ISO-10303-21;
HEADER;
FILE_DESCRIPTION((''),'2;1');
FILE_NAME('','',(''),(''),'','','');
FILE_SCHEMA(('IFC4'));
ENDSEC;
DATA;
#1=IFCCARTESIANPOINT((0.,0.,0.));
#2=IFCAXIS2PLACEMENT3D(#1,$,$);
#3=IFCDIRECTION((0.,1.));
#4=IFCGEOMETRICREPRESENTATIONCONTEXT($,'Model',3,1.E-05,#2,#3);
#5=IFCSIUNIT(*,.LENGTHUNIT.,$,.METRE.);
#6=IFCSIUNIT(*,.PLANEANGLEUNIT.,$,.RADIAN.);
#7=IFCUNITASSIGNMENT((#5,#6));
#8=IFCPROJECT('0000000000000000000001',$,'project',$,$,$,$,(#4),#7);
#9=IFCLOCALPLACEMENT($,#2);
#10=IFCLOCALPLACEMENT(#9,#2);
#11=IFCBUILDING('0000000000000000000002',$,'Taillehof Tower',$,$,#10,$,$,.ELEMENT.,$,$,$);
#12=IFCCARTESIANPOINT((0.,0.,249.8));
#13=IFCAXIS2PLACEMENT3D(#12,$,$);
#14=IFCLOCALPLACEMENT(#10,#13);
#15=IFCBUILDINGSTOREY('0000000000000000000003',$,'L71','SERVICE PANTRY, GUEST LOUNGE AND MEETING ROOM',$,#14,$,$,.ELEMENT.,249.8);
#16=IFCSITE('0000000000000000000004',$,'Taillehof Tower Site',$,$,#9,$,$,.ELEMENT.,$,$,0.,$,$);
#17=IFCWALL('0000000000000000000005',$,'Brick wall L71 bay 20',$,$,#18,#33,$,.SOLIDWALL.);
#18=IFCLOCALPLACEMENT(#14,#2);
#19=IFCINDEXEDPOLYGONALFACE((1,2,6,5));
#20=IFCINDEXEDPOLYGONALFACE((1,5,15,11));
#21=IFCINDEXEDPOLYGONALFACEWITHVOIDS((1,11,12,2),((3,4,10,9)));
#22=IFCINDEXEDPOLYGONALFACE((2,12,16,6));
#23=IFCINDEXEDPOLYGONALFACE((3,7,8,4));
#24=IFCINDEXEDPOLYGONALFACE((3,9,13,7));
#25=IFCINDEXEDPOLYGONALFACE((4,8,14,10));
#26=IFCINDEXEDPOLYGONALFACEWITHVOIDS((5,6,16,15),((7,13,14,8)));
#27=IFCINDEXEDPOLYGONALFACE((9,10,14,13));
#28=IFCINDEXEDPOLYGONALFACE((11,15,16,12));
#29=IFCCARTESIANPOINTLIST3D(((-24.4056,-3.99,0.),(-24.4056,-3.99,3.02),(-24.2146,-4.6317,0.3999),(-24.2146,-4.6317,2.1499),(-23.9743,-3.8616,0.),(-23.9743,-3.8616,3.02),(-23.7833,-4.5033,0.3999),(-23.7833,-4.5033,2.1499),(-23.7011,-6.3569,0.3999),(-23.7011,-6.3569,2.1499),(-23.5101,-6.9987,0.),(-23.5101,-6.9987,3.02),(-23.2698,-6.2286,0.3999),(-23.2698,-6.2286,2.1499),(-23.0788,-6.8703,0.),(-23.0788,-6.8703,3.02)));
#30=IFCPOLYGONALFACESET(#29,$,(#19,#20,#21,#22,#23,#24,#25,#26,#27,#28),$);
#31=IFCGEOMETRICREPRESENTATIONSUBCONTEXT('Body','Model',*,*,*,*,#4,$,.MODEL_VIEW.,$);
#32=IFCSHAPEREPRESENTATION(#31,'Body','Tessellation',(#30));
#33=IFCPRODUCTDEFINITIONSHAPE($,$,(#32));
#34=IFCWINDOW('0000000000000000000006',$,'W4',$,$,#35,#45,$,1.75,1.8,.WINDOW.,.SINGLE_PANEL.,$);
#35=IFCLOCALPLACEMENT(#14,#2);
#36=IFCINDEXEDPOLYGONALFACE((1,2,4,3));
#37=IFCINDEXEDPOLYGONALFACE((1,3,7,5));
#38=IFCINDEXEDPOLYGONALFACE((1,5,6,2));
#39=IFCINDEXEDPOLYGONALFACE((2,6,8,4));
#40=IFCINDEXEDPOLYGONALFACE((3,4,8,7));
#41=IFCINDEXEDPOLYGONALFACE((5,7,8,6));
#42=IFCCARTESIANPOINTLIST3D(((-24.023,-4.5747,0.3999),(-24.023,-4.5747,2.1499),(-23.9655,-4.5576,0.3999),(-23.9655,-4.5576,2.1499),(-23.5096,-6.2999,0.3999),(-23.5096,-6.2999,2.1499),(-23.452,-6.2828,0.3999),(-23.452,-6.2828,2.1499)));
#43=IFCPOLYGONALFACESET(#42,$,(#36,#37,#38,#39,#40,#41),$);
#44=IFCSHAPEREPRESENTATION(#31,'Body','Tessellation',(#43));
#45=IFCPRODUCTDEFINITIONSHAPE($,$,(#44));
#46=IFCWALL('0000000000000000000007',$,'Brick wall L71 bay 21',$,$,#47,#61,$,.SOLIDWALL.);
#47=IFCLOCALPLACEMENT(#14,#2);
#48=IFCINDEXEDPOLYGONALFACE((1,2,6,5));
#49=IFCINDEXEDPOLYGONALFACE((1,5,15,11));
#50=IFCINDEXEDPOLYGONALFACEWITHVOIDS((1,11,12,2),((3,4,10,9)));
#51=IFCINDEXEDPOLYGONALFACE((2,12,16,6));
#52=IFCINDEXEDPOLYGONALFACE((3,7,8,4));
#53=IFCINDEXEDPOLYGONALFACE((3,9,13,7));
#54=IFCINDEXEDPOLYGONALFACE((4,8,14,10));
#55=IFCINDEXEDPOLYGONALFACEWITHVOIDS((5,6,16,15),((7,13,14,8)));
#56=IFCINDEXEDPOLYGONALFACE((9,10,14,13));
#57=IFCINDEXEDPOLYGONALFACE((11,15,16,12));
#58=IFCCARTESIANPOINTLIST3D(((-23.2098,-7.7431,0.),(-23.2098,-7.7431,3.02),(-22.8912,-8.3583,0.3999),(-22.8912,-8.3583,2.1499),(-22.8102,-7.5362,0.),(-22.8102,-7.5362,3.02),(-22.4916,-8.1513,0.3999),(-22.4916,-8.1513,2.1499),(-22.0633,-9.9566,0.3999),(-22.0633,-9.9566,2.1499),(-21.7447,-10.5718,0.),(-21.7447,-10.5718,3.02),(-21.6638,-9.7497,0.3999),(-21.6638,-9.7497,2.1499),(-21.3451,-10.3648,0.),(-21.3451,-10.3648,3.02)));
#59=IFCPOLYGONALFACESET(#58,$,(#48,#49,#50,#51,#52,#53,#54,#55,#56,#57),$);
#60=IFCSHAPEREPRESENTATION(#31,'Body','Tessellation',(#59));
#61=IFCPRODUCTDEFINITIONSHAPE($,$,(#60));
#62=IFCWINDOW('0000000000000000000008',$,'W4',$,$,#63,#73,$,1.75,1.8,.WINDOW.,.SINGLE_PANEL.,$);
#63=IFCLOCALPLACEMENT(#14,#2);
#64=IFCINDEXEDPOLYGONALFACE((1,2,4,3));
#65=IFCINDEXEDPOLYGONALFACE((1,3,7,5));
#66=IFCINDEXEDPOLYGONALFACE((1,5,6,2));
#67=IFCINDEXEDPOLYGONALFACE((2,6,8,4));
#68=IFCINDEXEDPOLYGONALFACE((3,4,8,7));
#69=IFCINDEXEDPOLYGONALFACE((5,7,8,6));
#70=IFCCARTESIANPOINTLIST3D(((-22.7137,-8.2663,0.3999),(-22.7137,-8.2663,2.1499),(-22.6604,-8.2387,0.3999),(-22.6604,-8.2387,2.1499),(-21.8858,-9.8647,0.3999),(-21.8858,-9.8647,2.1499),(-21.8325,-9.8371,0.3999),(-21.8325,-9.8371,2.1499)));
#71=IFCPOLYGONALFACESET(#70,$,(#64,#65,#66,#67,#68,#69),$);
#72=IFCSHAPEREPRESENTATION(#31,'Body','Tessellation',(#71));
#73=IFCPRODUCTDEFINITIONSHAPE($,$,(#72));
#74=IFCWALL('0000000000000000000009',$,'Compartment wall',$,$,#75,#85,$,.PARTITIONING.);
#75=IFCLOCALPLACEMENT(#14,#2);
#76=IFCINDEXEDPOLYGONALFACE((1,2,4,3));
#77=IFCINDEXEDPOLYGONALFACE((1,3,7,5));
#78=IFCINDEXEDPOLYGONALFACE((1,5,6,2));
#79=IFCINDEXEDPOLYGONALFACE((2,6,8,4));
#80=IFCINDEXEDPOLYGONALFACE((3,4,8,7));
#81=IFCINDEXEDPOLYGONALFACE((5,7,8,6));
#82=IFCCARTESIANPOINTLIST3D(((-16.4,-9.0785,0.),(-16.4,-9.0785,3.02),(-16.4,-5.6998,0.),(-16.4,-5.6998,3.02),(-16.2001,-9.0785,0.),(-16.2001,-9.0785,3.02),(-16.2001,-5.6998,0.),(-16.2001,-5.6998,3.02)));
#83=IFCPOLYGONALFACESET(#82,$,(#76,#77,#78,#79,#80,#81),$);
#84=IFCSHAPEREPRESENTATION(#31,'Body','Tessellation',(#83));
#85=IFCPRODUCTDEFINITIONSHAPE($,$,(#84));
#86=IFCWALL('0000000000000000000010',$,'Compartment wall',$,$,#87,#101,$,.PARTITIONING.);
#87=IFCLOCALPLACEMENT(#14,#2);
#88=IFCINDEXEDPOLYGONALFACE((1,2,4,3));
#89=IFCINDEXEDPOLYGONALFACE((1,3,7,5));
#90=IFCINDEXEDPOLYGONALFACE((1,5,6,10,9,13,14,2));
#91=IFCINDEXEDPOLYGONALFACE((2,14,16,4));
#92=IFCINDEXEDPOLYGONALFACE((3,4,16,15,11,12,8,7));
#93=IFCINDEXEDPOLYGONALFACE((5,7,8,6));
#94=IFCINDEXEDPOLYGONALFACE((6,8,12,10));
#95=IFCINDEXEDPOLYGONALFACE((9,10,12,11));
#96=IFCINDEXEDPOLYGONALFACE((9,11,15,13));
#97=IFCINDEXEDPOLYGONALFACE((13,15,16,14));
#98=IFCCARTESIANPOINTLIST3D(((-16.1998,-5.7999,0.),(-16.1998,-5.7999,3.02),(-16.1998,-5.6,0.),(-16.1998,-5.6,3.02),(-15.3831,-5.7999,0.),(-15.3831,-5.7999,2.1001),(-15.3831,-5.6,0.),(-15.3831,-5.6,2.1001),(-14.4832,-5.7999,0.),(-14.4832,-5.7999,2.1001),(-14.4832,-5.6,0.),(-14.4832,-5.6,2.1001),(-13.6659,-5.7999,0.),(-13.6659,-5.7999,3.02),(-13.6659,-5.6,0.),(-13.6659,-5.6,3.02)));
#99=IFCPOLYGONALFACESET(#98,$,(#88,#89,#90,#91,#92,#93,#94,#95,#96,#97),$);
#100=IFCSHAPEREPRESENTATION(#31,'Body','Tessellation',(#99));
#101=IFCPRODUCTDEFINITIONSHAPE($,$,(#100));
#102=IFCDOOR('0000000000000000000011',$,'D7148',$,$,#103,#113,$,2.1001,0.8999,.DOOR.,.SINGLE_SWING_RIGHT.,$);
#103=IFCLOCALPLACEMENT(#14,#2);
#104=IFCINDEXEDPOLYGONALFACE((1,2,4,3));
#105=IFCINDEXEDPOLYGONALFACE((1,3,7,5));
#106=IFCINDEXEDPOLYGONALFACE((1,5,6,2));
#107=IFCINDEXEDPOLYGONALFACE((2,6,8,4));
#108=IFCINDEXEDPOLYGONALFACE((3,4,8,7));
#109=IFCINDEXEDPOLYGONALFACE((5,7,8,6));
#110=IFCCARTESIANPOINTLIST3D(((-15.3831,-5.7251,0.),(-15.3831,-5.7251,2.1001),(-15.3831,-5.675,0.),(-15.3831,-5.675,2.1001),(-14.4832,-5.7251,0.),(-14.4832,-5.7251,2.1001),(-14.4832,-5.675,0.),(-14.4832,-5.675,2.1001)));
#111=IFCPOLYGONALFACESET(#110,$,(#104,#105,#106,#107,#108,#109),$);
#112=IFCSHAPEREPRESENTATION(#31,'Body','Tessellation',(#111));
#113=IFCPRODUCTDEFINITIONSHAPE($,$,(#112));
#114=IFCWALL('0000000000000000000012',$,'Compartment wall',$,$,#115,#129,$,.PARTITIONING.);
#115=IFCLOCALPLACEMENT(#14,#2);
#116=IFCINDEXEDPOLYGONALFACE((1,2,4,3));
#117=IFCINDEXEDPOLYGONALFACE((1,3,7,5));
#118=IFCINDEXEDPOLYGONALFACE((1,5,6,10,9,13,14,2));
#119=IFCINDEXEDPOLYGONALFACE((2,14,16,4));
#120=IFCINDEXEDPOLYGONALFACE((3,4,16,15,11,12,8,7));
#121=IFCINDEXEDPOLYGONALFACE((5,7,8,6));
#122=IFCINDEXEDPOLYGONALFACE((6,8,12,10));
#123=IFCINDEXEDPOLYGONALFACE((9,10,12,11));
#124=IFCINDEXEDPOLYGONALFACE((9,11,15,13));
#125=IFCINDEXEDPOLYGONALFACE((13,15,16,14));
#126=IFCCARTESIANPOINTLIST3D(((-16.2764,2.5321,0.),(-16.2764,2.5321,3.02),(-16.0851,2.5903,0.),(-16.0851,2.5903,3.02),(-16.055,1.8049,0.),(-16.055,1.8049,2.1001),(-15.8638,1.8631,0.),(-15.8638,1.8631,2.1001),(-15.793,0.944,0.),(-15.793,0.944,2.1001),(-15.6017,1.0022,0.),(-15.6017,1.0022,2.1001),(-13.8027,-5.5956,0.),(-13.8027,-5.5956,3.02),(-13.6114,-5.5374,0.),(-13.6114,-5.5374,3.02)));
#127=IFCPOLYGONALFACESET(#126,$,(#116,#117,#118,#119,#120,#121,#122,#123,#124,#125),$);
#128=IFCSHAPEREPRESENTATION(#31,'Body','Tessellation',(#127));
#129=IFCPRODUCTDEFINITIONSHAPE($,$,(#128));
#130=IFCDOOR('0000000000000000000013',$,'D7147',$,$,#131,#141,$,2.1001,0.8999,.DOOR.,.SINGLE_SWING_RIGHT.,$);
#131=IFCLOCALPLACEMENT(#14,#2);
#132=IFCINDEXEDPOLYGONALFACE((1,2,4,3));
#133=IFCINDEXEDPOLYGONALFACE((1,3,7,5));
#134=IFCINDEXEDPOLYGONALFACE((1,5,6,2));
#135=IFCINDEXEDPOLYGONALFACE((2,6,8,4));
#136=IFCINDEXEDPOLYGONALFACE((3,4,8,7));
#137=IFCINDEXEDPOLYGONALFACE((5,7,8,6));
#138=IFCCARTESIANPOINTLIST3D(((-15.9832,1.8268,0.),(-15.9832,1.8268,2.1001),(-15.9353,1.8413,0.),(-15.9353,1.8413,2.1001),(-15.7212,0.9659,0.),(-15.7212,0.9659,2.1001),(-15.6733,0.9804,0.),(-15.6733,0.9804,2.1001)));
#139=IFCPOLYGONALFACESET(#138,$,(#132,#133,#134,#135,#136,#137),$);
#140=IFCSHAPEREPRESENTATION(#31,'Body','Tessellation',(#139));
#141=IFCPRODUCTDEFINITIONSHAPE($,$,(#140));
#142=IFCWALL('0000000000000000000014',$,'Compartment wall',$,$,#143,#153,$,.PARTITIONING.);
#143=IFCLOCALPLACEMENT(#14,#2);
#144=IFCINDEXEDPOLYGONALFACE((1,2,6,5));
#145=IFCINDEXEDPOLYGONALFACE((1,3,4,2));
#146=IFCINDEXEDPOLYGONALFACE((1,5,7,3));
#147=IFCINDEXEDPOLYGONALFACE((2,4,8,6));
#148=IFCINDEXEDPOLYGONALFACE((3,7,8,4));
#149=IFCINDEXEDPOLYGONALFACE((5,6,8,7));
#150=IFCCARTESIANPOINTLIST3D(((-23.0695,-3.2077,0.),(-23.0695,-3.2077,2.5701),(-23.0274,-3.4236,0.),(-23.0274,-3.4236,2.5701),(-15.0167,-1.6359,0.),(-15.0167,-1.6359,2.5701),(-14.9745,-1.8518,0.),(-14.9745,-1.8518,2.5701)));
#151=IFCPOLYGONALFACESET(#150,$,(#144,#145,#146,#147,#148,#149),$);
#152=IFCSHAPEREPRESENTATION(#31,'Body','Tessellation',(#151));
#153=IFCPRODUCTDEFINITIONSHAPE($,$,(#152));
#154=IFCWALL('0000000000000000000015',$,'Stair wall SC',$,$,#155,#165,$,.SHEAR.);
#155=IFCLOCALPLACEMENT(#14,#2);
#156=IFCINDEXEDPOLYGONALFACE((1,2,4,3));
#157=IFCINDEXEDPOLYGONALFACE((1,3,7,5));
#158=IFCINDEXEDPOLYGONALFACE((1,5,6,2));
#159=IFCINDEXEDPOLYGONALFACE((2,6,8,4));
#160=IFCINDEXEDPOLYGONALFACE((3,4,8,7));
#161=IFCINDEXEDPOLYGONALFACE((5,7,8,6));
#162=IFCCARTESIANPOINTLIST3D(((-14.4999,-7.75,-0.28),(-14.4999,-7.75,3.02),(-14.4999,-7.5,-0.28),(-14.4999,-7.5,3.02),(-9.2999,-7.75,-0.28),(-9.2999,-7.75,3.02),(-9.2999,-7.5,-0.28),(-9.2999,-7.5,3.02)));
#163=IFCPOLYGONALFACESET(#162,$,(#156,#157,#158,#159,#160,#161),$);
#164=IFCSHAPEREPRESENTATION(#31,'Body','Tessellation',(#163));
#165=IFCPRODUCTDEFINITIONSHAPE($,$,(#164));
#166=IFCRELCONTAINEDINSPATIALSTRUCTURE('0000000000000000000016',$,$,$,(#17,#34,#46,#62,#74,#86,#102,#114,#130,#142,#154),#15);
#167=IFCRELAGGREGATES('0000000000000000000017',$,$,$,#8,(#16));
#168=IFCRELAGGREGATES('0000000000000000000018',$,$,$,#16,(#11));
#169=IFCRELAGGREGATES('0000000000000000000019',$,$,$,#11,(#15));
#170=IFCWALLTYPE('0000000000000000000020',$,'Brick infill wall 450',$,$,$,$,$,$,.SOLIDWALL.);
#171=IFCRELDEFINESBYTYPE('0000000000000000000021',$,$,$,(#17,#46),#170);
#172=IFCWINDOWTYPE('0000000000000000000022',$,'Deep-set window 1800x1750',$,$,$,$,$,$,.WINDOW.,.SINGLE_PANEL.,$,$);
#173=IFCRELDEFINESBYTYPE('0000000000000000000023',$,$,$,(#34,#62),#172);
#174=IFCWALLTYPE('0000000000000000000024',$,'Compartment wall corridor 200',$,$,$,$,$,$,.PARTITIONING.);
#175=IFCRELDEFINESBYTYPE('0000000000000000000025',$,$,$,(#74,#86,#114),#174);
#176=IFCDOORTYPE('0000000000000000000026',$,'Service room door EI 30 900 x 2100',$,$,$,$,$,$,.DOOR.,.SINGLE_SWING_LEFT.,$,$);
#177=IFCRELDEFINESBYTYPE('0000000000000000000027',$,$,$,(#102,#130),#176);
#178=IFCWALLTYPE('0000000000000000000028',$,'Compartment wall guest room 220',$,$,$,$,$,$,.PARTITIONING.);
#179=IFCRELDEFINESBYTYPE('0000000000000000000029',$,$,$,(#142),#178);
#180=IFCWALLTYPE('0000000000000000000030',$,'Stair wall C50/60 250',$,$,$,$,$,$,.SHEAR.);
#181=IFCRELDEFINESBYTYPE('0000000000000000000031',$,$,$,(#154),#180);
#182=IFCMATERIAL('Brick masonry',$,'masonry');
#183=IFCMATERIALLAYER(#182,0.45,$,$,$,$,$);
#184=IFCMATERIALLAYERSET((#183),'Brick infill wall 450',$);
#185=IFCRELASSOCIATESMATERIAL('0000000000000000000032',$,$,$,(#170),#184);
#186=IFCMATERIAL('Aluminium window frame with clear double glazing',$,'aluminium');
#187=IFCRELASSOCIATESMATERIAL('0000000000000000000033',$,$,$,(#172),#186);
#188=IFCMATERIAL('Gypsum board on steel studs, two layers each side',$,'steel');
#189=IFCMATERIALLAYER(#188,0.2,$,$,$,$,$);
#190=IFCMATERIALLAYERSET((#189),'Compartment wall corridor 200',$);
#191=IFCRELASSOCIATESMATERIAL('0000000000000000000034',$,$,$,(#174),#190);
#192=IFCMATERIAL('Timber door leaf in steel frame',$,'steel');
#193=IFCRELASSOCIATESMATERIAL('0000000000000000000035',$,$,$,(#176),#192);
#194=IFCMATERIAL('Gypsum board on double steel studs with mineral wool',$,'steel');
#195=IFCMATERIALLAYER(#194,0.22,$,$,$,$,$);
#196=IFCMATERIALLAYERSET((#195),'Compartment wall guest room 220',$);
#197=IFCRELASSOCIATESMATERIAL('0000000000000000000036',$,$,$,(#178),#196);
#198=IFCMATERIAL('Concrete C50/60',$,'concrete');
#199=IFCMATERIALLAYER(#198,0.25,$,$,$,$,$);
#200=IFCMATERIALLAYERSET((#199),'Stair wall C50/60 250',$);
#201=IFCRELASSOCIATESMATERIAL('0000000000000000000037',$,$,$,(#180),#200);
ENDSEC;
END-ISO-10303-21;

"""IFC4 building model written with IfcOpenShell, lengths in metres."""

from ifc_helpers import new_model, si_unit, direction, frame, frame_2d, origin, place, context, subcontext, project, spatial, rectangle, extrude, material, layer, layer_set, type_object, element, fill, save


model = new_model("IFC4")

# Units and contexts
model_context = context("Model", 3, precision=1e-05, world=origin(), true_north=direction((0.0, 1.0)))
body_context = subcontext(model_context, "Body", "Model", "MODEL_VIEW")
ifc_project = project(units=[si_unit("LENGTHUNIT", "METRE"), si_unit("PLANEANGLEUNIT", "RADIAN")], contexts=[model_context])

# Site, building, storey
site_placement = place(None, origin())
site = spatial("IfcSite", under=ifc_project, at=site_placement, Name="Taillehof Tower Site", CompositionType="ELEMENT", RefElevation=0.0)
building_placement = place(site_placement, origin())
building = spatial("IfcBuilding", under=site, at=building_placement, Name="Taillehof Tower", CompositionType="ELEMENT")
storey_placement = place(building_placement, frame((0.0, 0.0, 249.8)))
storey = spatial("IfcBuildingStorey", under=building, at=storey_placement, Name="L71", Description="SERVICE PANTRY, GUEST LOUNGE AND MEETING ROOM", CompositionType="ELEMENT", Elevation=249.8)

# Walls, openings, windows
ifc_material_1 = material(Name="Brick masonry", Category="masonry")
ifc_layer_1 = layer(ifc_material_1, 0.45)
ifc_layer_set_1 = layer_set([ifc_layer_1], Name="Brick infill wall 450")
wall_type_1 = type_object("IfcWallType", Name="Brick infill wall 450", PredefinedType="SOLIDWALL", material=ifc_layer_set_1)
ifc_material_2 = material(Name="Aluminium window frame with clear double glazing", Category="aluminium")
window_type = type_object("IfcWindowType", Name="Deep-set window 1800x1750", PartitioningType="SINGLE_PANEL", PredefinedType="WINDOW", material=ifc_material_2)
wall_1_placement = place(storey_placement, frame((-24.1899, -3.9258, 0.0), z_axis=(0.0, 0.0, 1.0), x_axis=(0.285264, -0.958449, 0.0)))
wall_1 = element("IfcWall", 1, at=wall_1_placement, inside=storey, type_object=wall_type_1, Name="Brick wall L71 bay 20", PredefinedType="SOLIDWALL", context=body_context, shape_type="SweptSolid", body=[
    extrude(rectangle(XDim=3.1392, YDim=0.45, at=frame_2d((1.5696, 0.0))), origin(), (0.0, 0.0, 1.0), 3.02),
])
opening_1_placement = place(wall_1_placement, frame((0.6697, 0.0, 0.3999)))
opening_1 = element("IfcOpeningElement", 2, at=opening_1_placement, cuts=wall_1, PredefinedType="OPENING", context=body_context, shape_type="SweptSolid", body=[
    extrude(rectangle(XDim=1.8, YDim=1.75, at=frame_2d((0.8999, 0.875))), frame((0.0, 0.2349, 0.0), z_axis=(0.0, -1.0, 0.0), x_axis=(1.0, 0.0, 0.0)), (0.0, 0.0, 1.0), 0.47),
])
window_1_placement = place(opening_1_placement, origin())
window_1 = element("IfcWindow", 3, at=window_1_placement, inside=storey, type_object=window_type, Name="W4", OverallHeight=1.75, OverallWidth=1.8, PartitioningType="SINGLE_PANEL", PredefinedType="WINDOW", context=body_context, shape_type="SweptSolid", body=[
    extrude(rectangle(XDim=1.8, YDim=1.75, at=frame_2d((0.8999, 0.875))), frame((0.0, 0.0349, 0.0), z_axis=(0.0, -1.0, 0.0), x_axis=(1.0, 0.0, 0.0)), (0.0, 0.0, 1.0), 0.0601),
])
fill(opening_1, window_1)
wall_2_placement = place(storey_placement, frame((-23.01, -7.6396, 0.0), z_axis=(0.0, 0.0, 1.0), x_axis=(0.459921, -0.88796, 0.0)))
wall_2 = element("IfcWall", 4, at=wall_2_placement, inside=storey, type_object=wall_type_1, Name="Brick wall L71 bay 21", PredefinedType="SOLIDWALL", context=body_context, shape_type="SweptSolid", body=[
    extrude(rectangle(XDim=3.1855, YDim=0.45, at=frame_2d((1.5928, 0.0))), origin(), (0.0, 0.0, 1.0), 3.02),
])
opening_2_placement = place(wall_2_placement, frame((0.6929, 0.0, 0.3999)))
opening_2 = element("IfcOpeningElement", 5, at=opening_2_placement, cuts=wall_2, PredefinedType="OPENING", context=body_context, shape_type="SweptSolid", body=[
    extrude(rectangle(XDim=1.8, YDim=1.75, at=frame_2d((0.8999, 0.875))), frame((0.0, 0.2349, 0.0), z_axis=(0.0, -1.0, 0.0), x_axis=(1.0, 0.0, 0.0)), (0.0, 0.0, 1.0), 0.47),
])
window_2_placement = place(opening_2_placement, origin())
window_2 = element("IfcWindow", 6, at=window_2_placement, inside=storey, type_object=window_type, Name="W4", OverallHeight=1.75, OverallWidth=1.8, PartitioningType="SINGLE_PANEL", PredefinedType="WINDOW", context=body_context, shape_type="SweptSolid", body=[
    extrude(rectangle(XDim=1.8, YDim=1.75, at=frame_2d((0.8999, 0.875))), frame((0.0, 0.0349, 0.0), z_axis=(0.0, -1.0, 0.0), x_axis=(1.0, 0.0, 0.0)), (0.0, 0.0, 1.0), 0.0601),
])
fill(opening_2, window_2)

# Wall
ifc_material_3 = material(Name="Gypsum board on steel studs, two layers each side", Category="steel")
ifc_layer_2 = layer(ifc_material_3, 0.2)
ifc_layer_set_2 = layer_set([ifc_layer_2], Name="Compartment wall corridor 200")
wall_type_2 = type_object("IfcWallType", Name="Compartment wall corridor 200", PredefinedType="PARTITIONING", material=ifc_layer_set_2)
wall_3_placement = place(storey_placement, frame((-16.3, -9.0786, 0.0), z_axis=(0.0, 0.0, 1.0), x_axis=(0.0, 1.0, 0.0)))
element("IfcWall", 7, at=wall_3_placement, inside=storey, type_object=wall_type_2, Name="Compartment wall", PredefinedType="PARTITIONING", context=body_context, shape_type="SweptSolid", body=[
    extrude(rectangle(XDim=3.3787, YDim=0.2, at=frame_2d((1.6895, 0.0))), origin(), (0.0, 0.0, 1.0), 3.02),
])

# Walls, openings, doors
wall_4_placement = place(storey_placement, frame((-16.2, -5.7, 0.0), z_axis=(0.0, 0.0, 1.0), x_axis=(1.0, 0.0, 0.0)))
wall_4 = element("IfcWall", 8, at=wall_4_placement, inside=storey, type_object=wall_type_2, Name="Compartment wall", PredefinedType="PARTITIONING", context=body_context, shape_type="SweptSolid", body=[
    extrude(rectangle(XDim=2.5339, YDim=0.2, at=frame_2d((1.2671, 0.0))), origin(), (0.0, 0.0, 1.0), 3.02),
])
opening_3_placement = place(wall_4_placement, frame((0.8169, 0.0, 0.0)))
opening_3 = element("IfcOpeningElement", 9, at=opening_3_placement, cuts=wall_4, PredefinedType="OPENING", context=body_context, shape_type="SweptSolid", body=[
    extrude(rectangle(XDim=0.8999, YDim=2.1001, at=frame_2d((0.45, 1.05))), frame((0.0, 0.1099, 0.0), z_axis=(0.0, -1.0, 0.0), x_axis=(1.0, 0.0, 0.0)), (0.0, 0.0, 1.0), 0.22),
])
ifc_material_4 = material(Name="Timber door leaf in steel frame", Category="steel")
door_type = type_object("IfcDoorType", Name="Service room door EI 30 900 x 2100", OperationType="SINGLE_SWING_LEFT", PredefinedType="DOOR", material=ifc_material_4)
door_1_placement = place(opening_3_placement, origin())
door_1 = element("IfcDoor", 10, at=door_1_placement, inside=storey, type_object=door_type, Name="D7148", OperationType="SINGLE_SWING_RIGHT", OverallHeight=2.1001, OverallWidth=0.8999, PredefinedType="DOOR", context=body_context, shape_type="SweptSolid", body=[
    extrude(rectangle(XDim=0.8999, YDim=2.1001, at=frame_2d((0.45, 1.05))), frame((0.0, 0.0249, 0.0), z_axis=(0.0, -1.0, 0.0), x_axis=(1.0, 0.0, 0.0)), (0.0, 0.0, 1.0), 0.05),
])
fill(opening_3, door_1)
wall_5_placement = place(storey_placement, frame((-13.707, -5.5667, 0.0), z_axis=(0.0, 0.0, 1.0), x_axis=(-0.29116, 0.956674, 0.0)))
wall_5 = element("IfcWall", 11, at=wall_5_placement, inside=storey, type_object=wall_type_2, Name="Compartment wall", PredefinedType="PARTITIONING", context=body_context, shape_type="SweptSolid", body=[
    extrude(rectangle(XDim=8.4958, YDim=0.2, at=frame_2d((4.248, 0.0))), origin(), (0.0, 0.0, 1.0), 3.02),
])
opening_4_placement = place(wall_5_placement, frame((6.8359, 0.0, 0.0)))
opening_4 = element("IfcOpeningElement", 12, at=opening_4_placement, cuts=wall_5, PredefinedType="OPENING", context=body_context, shape_type="SweptSolid", body=[
    extrude(rectangle(XDim=0.8999, YDim=2.1001, at=frame_2d((0.45, 1.05))), frame((0.0, 0.1099, 0.0), z_axis=(0.0, -1.0, 0.0), x_axis=(1.0, 0.0, 0.0)), (0.0, 0.0, 1.0), 0.22),
])
door_2_placement = place(opening_4_placement, origin())
door_2 = element("IfcDoor", 13, at=door_2_placement, inside=storey, type_object=door_type, Name="D7147", OperationType="SINGLE_SWING_RIGHT", OverallHeight=2.1001, OverallWidth=0.8999, PredefinedType="DOOR", context=body_context, shape_type="SweptSolid", body=[
    extrude(rectangle(XDim=0.8999, YDim=2.1001, at=frame_2d((0.45, 1.05))), frame((0.0, 0.0249, 0.0), z_axis=(0.0, -1.0, 0.0), x_axis=(1.0, 0.0, 0.0)), (0.0, 0.0, 1.0), 0.05),
])
fill(opening_4, door_2)

# Walls
ifc_material_5 = material(Name="Gypsum board on double steel studs with mineral wool", Category="steel")
ifc_layer_3 = layer(ifc_material_5, 0.22)
ifc_layer_set_3 = layer_set([ifc_layer_3], Name="Compartment wall guest room 220")
wall_type_3 = type_object("IfcWallType", Name="Compartment wall guest room 220", PredefinedType="PARTITIONING", material=ifc_layer_set_3)
wall_6_placement = place(storey_placement, frame((-23.0486, -3.3157, 0.0), z_axis=(0.0, 0.0, 1.0), x_axis=(0.98148, 0.191565, 0.0)))
element("IfcWall", 14, at=wall_6_placement, inside=storey, type_object=wall_type_3, Name="Compartment wall", PredefinedType="PARTITIONING", context=body_context, shape_type="SweptSolid", body=[
    extrude(rectangle(XDim=8.2048, YDim=0.22, at=frame_2d((4.1025, 0.0))), origin(), (0.0, 0.0, 1.0), 2.5701),
])
ifc_material_6 = material(Name="Concrete C50/60", Category="concrete")
ifc_layer_4 = layer(ifc_material_6, 0.25)
ifc_layer_set_4 = layer_set([ifc_layer_4], Name="Stair wall C50/60 250")
wall_type_4 = type_object("IfcWallType", Name="Stair wall C50/60 250", PredefinedType="SHEAR", material=ifc_layer_set_4)
wall_7_placement = place(storey_placement, frame((-14.5, -7.625, -0.28), z_axis=(0.0, 0.0, 1.0), x_axis=(1.0, 0.0, 0.0)))
element("IfcWall", 15, at=wall_7_placement, inside=storey, type_object=wall_type_4, Name="Stair wall SC", PredefinedType="SHEAR", context=body_context, shape_type="SweptSolid", body=[
    extrude(rectangle(XDim=5.2, YDim=0.25, at=frame_2d((2.6001, 0.0))), origin(), (0.0, 0.0, 1.0), 3.3),
])

save(model, "model.ifc")
